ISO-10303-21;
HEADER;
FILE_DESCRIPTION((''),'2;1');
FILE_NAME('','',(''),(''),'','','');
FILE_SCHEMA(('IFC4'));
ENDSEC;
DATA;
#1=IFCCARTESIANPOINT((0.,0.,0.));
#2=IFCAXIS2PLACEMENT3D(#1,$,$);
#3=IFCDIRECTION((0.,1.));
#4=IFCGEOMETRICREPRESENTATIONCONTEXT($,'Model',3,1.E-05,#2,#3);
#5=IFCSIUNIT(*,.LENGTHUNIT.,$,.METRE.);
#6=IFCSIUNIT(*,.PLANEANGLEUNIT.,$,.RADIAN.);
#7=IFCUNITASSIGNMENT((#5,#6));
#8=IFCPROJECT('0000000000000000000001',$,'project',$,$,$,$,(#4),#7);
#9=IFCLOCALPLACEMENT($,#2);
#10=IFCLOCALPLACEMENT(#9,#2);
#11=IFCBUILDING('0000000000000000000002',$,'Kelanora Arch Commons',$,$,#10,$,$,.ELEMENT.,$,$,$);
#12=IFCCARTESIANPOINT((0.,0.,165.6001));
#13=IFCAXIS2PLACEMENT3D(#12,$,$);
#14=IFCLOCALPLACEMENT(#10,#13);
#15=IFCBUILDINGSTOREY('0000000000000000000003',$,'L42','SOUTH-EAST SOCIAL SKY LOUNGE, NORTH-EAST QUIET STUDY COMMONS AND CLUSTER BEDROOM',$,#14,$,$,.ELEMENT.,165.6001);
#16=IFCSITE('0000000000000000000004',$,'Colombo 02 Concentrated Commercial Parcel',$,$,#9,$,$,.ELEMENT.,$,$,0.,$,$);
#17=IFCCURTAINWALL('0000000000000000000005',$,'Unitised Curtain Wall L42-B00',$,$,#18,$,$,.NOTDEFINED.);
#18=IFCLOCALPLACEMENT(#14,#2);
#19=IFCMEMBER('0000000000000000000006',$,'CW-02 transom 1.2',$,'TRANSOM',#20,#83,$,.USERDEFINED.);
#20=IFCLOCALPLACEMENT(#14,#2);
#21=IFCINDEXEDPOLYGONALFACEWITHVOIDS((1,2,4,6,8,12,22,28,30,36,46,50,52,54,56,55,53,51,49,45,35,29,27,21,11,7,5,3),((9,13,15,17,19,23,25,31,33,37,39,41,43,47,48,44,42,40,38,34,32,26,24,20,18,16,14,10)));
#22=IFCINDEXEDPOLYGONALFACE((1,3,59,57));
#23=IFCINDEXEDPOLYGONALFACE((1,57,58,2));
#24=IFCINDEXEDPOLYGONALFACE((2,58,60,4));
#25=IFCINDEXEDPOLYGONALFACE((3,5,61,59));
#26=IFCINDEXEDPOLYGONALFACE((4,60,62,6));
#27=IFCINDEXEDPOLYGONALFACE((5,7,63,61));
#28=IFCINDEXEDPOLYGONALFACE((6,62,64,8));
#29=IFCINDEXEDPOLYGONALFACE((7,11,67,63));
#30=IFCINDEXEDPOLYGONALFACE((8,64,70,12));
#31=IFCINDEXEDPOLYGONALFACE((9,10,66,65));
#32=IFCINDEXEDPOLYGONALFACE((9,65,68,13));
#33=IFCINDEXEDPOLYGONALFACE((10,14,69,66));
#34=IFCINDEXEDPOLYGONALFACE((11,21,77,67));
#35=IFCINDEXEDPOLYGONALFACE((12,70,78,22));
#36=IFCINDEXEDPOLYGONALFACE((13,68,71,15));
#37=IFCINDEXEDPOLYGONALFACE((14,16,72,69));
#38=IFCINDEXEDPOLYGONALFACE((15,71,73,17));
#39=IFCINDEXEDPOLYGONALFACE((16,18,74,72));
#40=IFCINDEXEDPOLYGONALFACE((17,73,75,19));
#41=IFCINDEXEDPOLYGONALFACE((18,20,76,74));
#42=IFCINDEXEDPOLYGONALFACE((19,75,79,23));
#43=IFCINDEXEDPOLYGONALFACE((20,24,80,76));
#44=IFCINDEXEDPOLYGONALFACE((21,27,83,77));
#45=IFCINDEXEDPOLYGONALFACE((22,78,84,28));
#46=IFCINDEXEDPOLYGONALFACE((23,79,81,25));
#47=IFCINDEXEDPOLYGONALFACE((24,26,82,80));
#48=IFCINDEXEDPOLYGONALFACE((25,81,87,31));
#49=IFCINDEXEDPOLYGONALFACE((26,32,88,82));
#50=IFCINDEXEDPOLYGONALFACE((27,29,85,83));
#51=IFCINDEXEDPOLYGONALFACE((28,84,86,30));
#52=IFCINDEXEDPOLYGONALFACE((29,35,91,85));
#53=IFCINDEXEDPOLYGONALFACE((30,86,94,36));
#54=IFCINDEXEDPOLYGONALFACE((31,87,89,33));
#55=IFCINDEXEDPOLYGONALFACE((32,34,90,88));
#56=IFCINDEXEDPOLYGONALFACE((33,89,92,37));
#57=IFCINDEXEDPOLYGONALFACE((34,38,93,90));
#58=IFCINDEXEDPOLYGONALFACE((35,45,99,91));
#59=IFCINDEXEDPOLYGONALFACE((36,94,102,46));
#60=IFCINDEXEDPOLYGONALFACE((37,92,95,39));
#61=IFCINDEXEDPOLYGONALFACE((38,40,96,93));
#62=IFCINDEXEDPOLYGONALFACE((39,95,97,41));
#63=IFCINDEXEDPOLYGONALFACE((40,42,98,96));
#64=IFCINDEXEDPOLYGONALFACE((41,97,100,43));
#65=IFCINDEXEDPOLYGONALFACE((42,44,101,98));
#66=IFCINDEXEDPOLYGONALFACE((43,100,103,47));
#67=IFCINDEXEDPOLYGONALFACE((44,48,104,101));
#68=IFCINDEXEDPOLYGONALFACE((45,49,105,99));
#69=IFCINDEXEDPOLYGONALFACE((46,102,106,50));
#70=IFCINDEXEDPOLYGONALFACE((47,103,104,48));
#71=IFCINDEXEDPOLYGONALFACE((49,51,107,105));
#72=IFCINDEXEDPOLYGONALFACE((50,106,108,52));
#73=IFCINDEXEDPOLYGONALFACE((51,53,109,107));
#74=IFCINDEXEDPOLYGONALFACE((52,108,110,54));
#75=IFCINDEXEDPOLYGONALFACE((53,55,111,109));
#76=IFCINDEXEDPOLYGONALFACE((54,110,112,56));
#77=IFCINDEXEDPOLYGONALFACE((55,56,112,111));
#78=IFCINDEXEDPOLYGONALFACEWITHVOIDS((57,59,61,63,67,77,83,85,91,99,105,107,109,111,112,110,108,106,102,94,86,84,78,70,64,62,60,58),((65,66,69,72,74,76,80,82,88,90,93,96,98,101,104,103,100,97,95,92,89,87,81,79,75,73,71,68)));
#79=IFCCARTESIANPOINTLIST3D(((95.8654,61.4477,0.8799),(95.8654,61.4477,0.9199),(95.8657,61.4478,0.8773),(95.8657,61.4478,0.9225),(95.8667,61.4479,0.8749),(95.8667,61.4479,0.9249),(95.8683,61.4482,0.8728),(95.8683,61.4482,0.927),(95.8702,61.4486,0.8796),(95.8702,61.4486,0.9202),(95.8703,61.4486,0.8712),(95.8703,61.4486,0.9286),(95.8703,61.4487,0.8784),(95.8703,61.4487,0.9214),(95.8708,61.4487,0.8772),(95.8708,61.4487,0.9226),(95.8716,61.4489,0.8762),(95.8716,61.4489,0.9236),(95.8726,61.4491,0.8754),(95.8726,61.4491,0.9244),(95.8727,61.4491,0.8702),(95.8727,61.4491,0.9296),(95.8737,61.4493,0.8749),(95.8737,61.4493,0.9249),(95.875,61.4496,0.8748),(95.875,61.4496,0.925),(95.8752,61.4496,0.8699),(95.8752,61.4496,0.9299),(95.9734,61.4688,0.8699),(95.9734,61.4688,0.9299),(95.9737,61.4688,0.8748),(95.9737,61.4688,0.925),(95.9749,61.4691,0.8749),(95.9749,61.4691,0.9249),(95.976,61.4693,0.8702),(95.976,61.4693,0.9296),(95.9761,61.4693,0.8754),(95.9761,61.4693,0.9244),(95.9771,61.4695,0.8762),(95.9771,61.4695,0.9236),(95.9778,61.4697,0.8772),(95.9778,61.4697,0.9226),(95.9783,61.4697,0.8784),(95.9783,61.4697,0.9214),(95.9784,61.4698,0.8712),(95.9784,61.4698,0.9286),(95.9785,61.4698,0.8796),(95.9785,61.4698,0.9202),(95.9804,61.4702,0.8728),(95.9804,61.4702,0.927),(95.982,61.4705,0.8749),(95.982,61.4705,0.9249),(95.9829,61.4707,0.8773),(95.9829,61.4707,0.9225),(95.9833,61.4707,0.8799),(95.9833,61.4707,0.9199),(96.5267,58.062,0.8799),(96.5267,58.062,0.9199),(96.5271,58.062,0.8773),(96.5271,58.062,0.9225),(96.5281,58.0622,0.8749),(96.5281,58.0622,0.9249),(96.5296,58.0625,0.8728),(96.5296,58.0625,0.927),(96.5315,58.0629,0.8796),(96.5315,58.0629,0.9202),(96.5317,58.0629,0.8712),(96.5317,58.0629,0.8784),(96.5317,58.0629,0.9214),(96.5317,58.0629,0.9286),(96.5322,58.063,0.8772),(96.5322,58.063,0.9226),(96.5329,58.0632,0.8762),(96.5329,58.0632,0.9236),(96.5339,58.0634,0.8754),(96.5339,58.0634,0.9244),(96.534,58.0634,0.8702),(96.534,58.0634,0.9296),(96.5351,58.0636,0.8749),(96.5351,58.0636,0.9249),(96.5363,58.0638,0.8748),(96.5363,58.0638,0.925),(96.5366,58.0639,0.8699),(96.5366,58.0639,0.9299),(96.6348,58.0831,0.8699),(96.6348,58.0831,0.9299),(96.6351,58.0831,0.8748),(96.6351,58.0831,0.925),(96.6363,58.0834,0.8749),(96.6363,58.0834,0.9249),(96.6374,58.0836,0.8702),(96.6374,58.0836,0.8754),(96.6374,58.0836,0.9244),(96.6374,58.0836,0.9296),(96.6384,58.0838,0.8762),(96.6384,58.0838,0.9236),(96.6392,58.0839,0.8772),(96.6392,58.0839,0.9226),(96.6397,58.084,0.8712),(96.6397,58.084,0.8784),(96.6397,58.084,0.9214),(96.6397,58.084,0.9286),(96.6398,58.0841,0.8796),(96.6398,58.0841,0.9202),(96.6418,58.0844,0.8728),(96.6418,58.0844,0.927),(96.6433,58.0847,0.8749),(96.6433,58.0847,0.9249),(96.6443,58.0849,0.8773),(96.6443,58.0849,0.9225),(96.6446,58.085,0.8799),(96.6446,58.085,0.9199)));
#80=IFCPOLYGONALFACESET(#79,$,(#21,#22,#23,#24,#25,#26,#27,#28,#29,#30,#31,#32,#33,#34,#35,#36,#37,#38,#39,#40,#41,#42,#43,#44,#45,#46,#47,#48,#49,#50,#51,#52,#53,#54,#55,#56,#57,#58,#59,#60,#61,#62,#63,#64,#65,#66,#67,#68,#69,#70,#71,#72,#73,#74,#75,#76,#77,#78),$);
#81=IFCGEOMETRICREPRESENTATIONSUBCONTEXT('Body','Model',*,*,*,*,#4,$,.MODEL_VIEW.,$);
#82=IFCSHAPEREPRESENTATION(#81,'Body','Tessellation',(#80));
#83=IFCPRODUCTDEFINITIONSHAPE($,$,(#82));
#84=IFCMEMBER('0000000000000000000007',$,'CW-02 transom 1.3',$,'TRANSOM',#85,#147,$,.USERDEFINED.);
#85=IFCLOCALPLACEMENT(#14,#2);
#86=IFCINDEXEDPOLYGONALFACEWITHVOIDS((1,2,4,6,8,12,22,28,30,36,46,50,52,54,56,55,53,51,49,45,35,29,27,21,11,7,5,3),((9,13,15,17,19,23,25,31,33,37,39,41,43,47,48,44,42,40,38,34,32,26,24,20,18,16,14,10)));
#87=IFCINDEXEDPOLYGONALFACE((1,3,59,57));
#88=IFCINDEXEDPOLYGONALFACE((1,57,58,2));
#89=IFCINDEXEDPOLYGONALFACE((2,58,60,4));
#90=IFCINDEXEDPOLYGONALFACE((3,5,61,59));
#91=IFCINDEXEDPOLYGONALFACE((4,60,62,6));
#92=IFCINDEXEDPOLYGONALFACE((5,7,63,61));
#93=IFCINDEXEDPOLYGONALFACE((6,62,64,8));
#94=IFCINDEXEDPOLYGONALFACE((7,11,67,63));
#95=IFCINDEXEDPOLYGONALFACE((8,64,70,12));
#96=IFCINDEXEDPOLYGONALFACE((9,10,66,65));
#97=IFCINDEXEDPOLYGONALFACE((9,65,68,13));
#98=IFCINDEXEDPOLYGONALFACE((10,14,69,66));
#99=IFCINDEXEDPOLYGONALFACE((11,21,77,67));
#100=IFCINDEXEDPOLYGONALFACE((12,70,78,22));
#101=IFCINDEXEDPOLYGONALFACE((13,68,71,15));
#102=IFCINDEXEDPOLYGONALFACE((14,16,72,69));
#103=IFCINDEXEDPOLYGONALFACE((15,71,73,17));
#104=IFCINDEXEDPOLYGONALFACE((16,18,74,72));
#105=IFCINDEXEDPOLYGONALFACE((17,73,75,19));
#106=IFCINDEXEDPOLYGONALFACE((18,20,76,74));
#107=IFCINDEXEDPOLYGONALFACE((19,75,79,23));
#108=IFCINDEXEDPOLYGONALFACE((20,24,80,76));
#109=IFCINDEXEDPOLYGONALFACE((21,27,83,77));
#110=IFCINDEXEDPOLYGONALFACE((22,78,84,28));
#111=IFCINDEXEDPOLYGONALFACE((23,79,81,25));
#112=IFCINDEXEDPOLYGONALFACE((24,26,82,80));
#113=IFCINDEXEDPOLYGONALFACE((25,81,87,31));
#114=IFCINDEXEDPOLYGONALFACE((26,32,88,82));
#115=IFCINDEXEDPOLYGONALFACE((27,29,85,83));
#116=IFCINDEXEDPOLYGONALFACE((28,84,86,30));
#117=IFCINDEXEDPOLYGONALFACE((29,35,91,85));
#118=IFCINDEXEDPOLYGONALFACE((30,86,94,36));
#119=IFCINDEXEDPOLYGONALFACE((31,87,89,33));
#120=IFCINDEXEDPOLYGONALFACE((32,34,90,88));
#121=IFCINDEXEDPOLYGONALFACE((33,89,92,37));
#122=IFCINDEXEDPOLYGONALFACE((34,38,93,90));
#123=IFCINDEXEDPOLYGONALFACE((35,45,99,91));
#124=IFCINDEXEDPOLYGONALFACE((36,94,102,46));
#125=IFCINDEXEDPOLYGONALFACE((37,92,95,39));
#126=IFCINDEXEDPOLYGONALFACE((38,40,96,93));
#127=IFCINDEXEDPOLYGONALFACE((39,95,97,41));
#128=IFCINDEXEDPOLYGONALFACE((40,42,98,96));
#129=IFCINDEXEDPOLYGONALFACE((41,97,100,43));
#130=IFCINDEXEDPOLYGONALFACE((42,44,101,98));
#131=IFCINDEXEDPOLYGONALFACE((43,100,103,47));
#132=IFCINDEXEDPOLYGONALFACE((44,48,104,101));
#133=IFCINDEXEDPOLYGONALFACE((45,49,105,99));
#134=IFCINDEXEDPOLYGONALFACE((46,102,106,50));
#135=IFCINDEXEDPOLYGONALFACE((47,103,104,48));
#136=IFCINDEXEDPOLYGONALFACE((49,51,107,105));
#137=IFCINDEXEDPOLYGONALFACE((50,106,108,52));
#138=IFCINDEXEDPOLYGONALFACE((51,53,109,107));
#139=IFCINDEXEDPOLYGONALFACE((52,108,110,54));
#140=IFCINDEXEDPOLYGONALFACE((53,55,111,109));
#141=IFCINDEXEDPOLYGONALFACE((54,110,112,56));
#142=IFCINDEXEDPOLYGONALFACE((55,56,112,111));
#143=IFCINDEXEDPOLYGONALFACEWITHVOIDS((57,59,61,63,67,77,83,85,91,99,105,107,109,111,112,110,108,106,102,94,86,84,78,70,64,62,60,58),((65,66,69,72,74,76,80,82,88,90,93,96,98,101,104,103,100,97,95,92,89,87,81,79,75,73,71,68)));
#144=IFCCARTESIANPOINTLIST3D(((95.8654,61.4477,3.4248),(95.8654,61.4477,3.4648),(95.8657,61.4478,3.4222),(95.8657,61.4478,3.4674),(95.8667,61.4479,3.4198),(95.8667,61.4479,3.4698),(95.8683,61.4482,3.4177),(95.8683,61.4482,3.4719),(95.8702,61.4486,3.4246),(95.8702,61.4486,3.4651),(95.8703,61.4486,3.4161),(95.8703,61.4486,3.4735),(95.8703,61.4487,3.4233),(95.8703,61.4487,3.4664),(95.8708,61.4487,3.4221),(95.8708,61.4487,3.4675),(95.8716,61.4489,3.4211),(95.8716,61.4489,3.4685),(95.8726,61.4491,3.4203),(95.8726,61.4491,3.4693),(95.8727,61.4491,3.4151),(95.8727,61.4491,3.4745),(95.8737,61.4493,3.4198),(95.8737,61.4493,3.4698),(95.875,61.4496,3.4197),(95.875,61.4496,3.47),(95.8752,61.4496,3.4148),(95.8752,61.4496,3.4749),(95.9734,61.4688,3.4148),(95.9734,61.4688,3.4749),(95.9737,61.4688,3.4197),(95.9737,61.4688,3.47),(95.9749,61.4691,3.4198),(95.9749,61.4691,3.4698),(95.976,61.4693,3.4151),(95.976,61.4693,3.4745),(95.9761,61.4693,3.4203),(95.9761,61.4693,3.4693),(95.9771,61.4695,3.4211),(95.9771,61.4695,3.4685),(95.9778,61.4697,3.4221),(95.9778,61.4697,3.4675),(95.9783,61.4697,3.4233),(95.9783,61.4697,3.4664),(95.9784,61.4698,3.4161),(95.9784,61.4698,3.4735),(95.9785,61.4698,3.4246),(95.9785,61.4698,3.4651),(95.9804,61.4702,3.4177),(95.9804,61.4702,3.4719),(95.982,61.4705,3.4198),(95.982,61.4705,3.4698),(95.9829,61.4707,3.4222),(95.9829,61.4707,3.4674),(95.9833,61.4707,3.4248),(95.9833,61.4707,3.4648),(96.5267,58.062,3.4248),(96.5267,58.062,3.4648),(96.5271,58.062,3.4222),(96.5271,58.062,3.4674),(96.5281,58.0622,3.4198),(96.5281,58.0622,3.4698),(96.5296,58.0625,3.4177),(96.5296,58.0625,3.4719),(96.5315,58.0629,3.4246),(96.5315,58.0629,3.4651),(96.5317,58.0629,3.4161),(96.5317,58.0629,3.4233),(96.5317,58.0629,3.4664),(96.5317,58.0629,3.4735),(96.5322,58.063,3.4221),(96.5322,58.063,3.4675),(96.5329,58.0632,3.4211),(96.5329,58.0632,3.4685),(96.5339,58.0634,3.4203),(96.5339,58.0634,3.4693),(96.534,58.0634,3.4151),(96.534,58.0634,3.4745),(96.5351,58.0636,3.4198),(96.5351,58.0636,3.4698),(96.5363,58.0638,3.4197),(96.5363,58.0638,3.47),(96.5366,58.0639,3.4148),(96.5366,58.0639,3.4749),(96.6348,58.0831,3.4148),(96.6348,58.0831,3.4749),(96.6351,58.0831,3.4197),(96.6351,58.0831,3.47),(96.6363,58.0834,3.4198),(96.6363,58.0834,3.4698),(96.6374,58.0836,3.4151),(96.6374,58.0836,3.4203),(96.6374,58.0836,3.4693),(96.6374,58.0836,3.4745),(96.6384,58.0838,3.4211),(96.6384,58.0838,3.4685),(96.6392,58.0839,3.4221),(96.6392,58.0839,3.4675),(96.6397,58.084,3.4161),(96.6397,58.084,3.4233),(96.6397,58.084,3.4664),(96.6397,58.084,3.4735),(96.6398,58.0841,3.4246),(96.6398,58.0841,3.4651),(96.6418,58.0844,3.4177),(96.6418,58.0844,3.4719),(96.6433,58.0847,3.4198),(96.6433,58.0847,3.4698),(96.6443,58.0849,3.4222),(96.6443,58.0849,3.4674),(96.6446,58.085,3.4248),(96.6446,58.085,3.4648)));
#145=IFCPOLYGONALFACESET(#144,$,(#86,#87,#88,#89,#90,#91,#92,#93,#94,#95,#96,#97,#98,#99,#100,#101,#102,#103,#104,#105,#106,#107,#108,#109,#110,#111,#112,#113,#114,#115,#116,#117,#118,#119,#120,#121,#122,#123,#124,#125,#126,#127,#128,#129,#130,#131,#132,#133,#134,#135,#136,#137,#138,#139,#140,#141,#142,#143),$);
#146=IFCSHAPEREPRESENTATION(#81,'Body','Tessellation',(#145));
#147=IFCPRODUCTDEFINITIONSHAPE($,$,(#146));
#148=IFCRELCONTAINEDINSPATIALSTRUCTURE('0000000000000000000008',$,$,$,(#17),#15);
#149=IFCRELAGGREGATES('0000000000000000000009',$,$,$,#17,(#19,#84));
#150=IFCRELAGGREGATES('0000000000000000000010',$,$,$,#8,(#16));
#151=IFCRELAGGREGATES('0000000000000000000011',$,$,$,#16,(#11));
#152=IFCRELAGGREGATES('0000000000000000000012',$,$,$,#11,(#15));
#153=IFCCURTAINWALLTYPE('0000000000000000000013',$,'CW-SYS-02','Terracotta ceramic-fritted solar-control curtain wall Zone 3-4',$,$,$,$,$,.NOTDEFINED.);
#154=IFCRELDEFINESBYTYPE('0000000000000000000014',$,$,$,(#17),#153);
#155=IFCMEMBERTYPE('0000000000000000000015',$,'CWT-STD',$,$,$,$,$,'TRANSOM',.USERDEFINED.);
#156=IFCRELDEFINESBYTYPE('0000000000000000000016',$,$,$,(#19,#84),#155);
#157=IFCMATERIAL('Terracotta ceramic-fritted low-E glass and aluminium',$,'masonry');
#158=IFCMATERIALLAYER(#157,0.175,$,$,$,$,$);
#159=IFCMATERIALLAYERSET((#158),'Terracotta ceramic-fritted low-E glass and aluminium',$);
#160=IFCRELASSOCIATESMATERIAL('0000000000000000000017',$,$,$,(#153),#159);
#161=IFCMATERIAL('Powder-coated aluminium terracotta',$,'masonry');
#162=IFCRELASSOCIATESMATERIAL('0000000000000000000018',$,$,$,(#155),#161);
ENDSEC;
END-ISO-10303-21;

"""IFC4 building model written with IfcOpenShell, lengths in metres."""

from ifc_helpers import new_model, si_unit, direction, frame, origin, origin_2d, place, context, subcontext, project, spatial, hollow_rectangle, extrude, material, layer, layer_set, material_profile, profile_set, type_object, element, aggregate, save


model = new_model("IFC4")

# Units and contexts
model_context = context("Model", 3, precision=1e-05, world=origin(), true_north=direction((0.0, 1.0)))
body_context = subcontext(model_context, "Body", "Model", "MODEL_VIEW")
ifc_project = project(units=[si_unit("LENGTHUNIT", "METRE"), si_unit("PLANEANGLEUNIT", "RADIAN")], contexts=[model_context])

# Site, building, storey
site_placement = place(None, origin())
site = spatial("IfcSite", under=ifc_project, at=site_placement, Name="Colombo 02 Concentrated Commercial Parcel", CompositionType="ELEMENT", RefElevation=0.0)
building_placement = place(site_placement, origin())
building = spatial("IfcBuilding", under=site, at=building_placement, Name="Kelanora Arch Commons", CompositionType="ELEMENT")
storey_placement = place(building_placement, frame((0.0, 0.0, 165.6001)))
storey = spatial("IfcBuildingStorey", under=building, at=storey_placement, Name="L42", Description="SOUTH-EAST SOCIAL SKY LOUNGE, NORTH-EAST QUIET STUDY COMMONS AND CLUSTER BEDROOM", CompositionType="ELEMENT", Elevation=165.6001)

# Curtain wall, members
ifc_material_1 = material(Name="Terracotta ceramic-fritted low-E glass and aluminium", Category="masonry")
ifc_layer_1 = layer(ifc_material_1, 0.175)
ifc_layer_set_1 = layer_set([ifc_layer_1], Name="Terracotta ceramic-fritted low-E glass and aluminium")
curtain_wall_type = type_object("IfcCurtainWallType", Name="CW-SYS-02", Description="Terracotta ceramic-fritted solar-control curtain wall Zone 3-4", PredefinedType="NOTDEFINED", material=ifc_layer_set_1)
curtain_wall_placement = place(storey_placement, origin())
curtain_wall = element("IfcCurtainWall", 1, at=curtain_wall_placement, inside=storey, type_object=curtain_wall_type, Name="Unitised Curtain Wall L42-B00", PredefinedType="NOTDEFINED")
ifc_material_2 = material(Name="Powder-coated aluminium terracotta", Category="masonry")
ifc_material_profile_1 = material_profile(ifc_material_2, hollow_rectangle(XDim=0.1201, YDim=0.0601, WallThickness=0.0049, InnerFilletRadius=0.0049, OuterFilletRadius=0.01, at=origin_2d()), Name="CWT120x60")
ifc_profile_set_1 = profile_set([ifc_material_profile_1], Name="Powder-coated aluminium terracotta")
member_type_1 = type_object("IfcMemberType", Name="CWT-STD", ElementType="TRANSOM", PredefinedType="USERDEFINED", material=ifc_profile_set_1)
member_1_placement = place(storey_placement, frame((96.5857, 58.0735, 0.8999), z_axis=(-0.191718, 0.98145, 0.0), x_axis=(-0.98145, -0.191718, 0.0)))
member_1 = element("IfcMember", 2, at=member_1_placement, type_object=member_type_1, Name="CW-02 transom 1.2", ObjectType="TRANSOM", PredefinedType="USERDEFINED", context=body_context, shape_type="SweptSolid", body=[
    extrude(hollow_rectangle(XDim=0.1201, YDim=0.0601, WallThickness=0.0049, InnerFilletRadius=0.0049, OuterFilletRadius=0.01, at=origin_2d()), origin(), (0.0, 0.0, 1.0), 3.4497),
])
member_2_placement = place(storey_placement, frame((96.5857, 58.0735, 3.4448), z_axis=(-0.191718, 0.98145, 0.0), x_axis=(-0.98145, -0.191718, 0.0)))
member_2 = element("IfcMember", 3, at=member_2_placement, type_object=member_type_1, Name="CW-02 transom 1.3", ObjectType="TRANSOM", PredefinedType="USERDEFINED", context=body_context, shape_type="SweptSolid", body=[
    extrude(hollow_rectangle(XDim=0.1201, YDim=0.0601, WallThickness=0.0049, InnerFilletRadius=0.0049, OuterFilletRadius=0.01, at=origin_2d()), origin(), (0.0, 0.0, 1.0), 3.4497),
])
aggregate(curtain_wall, [member_1, member_2])

save(model, "model.ifc")
